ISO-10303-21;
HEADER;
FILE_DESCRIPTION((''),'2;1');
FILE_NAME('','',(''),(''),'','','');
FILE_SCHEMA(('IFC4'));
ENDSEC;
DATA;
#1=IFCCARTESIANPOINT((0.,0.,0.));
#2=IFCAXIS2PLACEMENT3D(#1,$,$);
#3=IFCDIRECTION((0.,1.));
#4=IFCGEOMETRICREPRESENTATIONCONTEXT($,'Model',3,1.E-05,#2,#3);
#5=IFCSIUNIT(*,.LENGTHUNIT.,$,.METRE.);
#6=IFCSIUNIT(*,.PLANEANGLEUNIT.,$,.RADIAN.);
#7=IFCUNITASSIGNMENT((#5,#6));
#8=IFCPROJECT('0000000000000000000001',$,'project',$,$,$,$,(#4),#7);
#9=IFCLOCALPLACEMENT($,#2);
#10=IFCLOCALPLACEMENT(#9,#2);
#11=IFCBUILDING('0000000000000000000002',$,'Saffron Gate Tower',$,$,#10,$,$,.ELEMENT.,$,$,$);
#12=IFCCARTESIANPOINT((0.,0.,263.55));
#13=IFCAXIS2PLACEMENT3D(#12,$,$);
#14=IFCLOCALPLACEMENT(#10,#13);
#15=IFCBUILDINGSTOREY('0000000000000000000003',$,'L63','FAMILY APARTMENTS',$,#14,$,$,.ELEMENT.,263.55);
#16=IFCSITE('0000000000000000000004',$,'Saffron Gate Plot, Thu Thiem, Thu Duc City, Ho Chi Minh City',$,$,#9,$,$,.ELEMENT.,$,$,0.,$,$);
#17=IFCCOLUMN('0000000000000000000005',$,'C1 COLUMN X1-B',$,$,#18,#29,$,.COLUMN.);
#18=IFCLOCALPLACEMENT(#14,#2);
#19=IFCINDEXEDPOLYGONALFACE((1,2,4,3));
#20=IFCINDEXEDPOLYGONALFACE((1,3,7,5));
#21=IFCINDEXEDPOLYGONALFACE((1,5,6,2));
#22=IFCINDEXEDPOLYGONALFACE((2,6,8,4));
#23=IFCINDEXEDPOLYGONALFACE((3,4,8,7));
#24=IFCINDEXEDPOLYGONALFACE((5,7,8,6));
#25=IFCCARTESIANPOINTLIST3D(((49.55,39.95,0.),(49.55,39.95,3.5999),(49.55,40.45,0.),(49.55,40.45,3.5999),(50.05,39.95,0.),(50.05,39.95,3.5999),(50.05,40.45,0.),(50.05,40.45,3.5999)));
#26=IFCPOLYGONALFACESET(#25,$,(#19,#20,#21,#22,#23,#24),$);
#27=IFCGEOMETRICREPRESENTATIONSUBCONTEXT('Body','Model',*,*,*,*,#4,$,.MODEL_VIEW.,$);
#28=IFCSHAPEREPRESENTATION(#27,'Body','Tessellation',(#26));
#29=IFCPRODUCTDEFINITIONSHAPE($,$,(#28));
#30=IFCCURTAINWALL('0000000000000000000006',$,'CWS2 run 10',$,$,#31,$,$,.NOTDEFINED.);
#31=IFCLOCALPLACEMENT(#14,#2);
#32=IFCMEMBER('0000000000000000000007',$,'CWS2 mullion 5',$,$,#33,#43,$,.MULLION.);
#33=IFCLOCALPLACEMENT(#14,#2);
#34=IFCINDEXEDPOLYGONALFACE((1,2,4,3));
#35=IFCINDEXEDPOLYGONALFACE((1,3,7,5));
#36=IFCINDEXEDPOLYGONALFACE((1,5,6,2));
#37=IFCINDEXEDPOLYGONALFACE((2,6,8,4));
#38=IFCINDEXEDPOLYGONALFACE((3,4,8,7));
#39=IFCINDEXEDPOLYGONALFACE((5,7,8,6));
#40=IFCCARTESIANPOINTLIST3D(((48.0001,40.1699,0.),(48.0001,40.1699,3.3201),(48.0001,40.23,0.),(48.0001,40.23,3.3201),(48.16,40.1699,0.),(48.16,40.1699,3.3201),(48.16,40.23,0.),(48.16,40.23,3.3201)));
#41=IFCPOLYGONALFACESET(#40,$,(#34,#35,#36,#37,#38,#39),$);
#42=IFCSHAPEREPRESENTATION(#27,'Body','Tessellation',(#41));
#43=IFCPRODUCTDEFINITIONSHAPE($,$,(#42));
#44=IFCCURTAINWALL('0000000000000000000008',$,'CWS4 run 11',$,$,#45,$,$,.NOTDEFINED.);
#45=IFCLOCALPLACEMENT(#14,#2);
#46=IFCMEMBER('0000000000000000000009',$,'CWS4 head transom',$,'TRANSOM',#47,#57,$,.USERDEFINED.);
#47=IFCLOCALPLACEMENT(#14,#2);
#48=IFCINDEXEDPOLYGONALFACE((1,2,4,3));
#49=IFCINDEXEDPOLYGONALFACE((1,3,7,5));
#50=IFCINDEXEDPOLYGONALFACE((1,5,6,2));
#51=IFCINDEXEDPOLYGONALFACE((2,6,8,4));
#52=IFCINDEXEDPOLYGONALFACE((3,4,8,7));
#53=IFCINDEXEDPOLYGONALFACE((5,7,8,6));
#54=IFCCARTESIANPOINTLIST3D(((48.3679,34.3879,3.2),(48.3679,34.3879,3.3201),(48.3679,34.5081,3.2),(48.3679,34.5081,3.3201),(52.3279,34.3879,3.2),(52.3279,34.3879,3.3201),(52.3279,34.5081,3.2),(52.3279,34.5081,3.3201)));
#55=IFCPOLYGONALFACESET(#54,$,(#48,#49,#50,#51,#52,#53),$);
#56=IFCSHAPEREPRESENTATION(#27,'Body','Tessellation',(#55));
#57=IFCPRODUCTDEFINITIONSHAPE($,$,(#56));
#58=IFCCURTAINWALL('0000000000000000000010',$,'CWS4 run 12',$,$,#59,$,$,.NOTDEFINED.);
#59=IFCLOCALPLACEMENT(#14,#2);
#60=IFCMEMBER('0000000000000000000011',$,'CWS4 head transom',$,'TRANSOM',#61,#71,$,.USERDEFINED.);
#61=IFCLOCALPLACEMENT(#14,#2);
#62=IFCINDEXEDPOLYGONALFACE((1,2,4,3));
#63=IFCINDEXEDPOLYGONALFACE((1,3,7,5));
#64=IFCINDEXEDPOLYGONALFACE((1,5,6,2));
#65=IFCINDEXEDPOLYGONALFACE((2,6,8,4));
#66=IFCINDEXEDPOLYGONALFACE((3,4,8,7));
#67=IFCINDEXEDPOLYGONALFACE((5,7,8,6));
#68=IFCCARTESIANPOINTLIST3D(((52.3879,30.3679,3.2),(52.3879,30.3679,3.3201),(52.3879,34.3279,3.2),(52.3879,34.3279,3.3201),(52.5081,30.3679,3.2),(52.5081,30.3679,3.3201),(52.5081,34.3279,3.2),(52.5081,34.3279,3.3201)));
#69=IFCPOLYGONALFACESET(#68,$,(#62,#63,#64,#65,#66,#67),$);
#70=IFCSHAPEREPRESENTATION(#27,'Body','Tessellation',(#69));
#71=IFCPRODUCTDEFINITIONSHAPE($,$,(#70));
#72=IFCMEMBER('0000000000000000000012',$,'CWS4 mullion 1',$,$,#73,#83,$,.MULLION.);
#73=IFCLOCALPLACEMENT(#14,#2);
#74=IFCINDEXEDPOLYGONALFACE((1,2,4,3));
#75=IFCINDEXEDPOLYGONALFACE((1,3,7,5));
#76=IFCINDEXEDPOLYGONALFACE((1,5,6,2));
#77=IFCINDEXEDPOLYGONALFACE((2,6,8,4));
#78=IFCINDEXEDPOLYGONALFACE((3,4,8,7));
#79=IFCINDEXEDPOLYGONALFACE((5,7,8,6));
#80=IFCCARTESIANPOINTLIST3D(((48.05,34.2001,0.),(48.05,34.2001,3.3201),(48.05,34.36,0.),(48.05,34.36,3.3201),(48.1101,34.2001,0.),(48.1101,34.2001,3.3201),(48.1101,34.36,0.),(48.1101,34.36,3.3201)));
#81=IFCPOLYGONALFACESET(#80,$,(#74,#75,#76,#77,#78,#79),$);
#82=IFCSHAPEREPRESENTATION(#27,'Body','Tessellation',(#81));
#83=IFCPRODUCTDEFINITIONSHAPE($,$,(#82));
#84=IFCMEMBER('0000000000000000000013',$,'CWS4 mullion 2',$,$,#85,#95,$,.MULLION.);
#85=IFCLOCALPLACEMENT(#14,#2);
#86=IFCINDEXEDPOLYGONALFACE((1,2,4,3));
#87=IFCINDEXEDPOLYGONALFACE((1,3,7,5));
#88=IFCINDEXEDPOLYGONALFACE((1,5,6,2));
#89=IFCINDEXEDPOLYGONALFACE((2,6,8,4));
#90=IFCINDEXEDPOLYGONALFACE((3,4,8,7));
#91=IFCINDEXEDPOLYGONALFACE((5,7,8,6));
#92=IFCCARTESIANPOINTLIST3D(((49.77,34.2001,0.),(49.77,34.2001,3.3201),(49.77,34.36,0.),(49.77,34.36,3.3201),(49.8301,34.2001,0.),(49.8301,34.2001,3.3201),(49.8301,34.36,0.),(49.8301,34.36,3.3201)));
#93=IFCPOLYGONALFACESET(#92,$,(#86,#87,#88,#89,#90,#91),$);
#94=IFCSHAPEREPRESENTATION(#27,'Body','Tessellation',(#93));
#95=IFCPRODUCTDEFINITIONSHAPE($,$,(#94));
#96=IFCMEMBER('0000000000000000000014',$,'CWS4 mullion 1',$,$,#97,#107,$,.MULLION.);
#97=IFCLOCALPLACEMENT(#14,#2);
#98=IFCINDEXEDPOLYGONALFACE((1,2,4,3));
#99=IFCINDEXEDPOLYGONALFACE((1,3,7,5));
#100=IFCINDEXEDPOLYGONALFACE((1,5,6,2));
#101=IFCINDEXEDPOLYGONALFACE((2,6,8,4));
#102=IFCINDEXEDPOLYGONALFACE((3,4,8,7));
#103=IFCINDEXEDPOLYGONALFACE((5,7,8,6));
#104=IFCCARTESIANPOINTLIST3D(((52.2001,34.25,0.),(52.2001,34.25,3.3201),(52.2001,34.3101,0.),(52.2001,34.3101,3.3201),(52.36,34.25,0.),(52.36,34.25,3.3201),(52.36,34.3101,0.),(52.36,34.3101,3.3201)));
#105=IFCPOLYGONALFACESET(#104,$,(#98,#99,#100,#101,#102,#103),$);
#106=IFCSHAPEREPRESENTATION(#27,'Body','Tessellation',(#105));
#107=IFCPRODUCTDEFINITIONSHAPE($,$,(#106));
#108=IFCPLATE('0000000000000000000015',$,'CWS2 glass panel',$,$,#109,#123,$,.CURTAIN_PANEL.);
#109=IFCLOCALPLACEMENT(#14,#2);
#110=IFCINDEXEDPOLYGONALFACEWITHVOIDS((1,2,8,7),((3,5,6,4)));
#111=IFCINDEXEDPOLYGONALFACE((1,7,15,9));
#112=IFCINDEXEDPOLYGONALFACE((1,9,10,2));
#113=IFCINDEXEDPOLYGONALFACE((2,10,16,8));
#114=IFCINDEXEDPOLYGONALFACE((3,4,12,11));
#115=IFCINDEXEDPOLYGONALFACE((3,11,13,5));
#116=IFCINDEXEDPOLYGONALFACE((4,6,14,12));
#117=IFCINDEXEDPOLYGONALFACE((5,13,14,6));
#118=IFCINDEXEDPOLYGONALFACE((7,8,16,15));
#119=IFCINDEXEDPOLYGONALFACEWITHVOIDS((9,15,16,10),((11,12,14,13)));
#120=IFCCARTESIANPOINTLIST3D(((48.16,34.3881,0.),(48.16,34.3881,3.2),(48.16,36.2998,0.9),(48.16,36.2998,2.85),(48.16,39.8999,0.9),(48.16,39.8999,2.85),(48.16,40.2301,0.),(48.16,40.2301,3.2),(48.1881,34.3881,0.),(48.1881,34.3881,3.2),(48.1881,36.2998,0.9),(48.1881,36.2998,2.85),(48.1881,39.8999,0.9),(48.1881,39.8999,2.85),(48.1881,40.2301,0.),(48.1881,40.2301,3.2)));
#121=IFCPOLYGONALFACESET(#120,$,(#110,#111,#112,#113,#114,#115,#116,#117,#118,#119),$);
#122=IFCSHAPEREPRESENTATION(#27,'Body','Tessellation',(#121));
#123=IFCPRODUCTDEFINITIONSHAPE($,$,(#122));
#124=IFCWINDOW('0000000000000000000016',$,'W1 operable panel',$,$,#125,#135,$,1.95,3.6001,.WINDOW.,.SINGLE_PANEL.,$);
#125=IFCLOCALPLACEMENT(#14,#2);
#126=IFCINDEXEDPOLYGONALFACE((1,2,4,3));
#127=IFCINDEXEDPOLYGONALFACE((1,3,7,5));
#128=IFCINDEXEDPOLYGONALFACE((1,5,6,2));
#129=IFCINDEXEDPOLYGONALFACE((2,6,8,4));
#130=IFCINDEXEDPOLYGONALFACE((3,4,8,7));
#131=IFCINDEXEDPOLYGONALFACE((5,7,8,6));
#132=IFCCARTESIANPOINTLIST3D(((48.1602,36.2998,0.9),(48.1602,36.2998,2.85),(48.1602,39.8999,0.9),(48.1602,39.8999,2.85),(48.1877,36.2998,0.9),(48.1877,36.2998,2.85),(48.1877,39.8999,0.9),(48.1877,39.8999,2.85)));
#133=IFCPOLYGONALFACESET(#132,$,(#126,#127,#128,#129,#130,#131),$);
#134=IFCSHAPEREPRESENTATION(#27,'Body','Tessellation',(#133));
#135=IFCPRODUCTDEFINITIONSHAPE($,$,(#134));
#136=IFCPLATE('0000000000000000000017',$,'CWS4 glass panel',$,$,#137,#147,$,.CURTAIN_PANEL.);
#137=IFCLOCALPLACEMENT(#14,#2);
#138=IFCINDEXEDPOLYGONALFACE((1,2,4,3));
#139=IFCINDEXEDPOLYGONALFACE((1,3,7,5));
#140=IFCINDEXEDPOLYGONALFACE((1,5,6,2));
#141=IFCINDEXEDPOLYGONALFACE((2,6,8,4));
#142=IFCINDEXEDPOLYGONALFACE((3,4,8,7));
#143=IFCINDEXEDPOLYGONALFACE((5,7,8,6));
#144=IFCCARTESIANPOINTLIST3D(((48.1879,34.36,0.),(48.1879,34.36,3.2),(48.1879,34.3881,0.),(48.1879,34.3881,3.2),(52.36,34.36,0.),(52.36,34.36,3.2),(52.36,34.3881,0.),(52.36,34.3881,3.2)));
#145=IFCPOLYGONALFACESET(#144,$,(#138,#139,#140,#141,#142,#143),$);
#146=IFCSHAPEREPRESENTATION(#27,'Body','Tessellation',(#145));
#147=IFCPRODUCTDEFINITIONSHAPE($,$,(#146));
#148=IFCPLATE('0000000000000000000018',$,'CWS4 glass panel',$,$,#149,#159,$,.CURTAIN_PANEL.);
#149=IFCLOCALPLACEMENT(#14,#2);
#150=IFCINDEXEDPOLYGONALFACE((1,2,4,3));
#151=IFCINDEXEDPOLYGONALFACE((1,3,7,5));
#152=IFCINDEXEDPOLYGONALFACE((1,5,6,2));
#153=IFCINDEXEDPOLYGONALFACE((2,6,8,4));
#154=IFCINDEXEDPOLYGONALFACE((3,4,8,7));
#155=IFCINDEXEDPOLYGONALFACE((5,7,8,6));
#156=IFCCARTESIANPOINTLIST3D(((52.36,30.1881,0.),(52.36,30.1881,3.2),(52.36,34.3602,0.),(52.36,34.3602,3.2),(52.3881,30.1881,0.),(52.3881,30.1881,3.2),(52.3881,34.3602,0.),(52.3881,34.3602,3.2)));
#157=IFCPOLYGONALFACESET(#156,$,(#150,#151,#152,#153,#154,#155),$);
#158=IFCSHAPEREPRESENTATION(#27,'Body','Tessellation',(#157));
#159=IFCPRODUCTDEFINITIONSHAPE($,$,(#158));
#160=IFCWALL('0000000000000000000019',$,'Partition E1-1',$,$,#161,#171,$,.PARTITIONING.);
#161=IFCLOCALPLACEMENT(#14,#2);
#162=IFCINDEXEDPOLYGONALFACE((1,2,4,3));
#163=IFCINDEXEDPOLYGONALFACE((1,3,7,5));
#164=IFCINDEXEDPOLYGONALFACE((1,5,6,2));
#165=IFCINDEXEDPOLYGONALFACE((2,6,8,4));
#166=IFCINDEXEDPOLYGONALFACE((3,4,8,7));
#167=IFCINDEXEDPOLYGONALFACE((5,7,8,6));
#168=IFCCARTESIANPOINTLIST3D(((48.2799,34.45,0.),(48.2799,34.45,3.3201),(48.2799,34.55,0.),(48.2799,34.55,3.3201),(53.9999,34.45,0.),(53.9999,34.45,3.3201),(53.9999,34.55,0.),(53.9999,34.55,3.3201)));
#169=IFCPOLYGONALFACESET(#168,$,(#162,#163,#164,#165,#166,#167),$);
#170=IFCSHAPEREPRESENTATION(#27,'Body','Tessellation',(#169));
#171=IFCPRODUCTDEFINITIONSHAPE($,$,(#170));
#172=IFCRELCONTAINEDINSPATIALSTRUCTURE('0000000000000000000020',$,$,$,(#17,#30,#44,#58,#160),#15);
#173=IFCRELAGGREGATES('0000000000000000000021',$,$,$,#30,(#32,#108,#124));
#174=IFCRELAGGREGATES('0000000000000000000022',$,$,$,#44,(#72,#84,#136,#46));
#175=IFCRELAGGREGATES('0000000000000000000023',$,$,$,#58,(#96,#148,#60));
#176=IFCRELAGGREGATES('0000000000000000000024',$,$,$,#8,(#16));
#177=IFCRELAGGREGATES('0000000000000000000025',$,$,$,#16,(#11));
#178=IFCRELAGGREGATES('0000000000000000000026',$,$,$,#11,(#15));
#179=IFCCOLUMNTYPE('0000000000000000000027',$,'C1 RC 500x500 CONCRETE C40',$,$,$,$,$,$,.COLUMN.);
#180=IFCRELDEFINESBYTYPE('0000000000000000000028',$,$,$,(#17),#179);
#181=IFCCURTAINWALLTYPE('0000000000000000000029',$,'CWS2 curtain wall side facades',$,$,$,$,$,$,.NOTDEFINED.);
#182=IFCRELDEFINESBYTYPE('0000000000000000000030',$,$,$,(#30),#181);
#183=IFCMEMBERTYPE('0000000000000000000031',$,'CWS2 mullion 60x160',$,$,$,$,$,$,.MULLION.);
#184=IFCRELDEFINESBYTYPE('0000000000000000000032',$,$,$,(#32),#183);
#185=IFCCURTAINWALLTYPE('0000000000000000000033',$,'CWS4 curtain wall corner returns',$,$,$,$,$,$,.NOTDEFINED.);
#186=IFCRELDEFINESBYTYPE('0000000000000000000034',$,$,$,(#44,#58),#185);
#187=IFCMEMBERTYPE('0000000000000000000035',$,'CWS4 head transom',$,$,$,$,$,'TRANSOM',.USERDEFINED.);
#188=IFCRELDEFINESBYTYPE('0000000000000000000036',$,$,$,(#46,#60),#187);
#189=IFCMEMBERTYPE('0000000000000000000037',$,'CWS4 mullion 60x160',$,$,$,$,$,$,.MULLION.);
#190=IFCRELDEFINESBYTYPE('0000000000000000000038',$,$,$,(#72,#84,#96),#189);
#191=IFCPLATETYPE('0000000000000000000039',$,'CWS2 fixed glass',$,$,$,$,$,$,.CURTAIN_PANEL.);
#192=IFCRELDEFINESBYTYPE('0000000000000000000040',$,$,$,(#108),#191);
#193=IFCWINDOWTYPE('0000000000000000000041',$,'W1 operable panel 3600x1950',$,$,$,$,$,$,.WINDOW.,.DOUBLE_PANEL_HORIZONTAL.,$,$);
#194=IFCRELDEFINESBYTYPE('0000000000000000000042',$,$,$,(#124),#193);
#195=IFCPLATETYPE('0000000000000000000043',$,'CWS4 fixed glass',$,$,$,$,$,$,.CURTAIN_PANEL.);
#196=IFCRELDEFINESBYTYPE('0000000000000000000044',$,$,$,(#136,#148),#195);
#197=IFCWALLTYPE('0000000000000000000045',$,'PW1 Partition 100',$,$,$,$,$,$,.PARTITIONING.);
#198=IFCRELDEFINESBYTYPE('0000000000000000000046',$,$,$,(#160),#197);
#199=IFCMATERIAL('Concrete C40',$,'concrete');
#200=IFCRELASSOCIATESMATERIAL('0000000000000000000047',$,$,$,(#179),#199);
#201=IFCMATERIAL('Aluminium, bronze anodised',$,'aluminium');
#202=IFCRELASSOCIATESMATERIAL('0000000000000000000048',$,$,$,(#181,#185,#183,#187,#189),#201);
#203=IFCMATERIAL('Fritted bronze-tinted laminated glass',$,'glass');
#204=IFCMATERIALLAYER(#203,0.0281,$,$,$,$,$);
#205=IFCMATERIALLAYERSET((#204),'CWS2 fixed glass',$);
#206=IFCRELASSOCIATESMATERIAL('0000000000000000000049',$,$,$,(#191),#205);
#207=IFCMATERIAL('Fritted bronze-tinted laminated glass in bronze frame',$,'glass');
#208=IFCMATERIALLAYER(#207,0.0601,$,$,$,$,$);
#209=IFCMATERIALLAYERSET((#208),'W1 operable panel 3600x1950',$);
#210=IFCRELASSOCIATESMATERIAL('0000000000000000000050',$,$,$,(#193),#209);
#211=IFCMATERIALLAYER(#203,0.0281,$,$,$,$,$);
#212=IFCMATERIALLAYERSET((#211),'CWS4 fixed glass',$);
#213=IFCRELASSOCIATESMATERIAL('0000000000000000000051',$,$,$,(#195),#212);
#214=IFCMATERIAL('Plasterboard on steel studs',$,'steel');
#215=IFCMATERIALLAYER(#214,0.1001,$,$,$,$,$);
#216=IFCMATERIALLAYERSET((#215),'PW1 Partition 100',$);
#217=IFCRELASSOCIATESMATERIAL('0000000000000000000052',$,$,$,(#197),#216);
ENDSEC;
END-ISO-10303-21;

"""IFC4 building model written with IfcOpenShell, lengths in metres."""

from ifc_helpers import new_model, si_unit, direction, frame, frame_2d, origin, origin_2d, place, context, subcontext, project, spatial, rectangle, extrude, material, layer, layer_set, material_profile, profile_set, type_object, element, fill, aggregate, save


model = new_model("IFC4")

# Units and contexts
model_context = context("Model", 3, precision=1e-05, world=origin(), true_north=direction((0.0, 1.0)))
body_context = subcontext(model_context, "Body", "Model", "MODEL_VIEW")
ifc_project = project(units=[si_unit("LENGTHUNIT", "METRE"), si_unit("PLANEANGLEUNIT", "RADIAN")], contexts=[model_context])

# Site, building, storey
site_placement = place(None, origin())
site = spatial("IfcSite", under=ifc_project, at=site_placement, Name="Saffron Gate Plot, Thu Thiem, Thu Duc City, Ho Chi Minh City", CompositionType="ELEMENT", RefElevation=0.0)
building_placement = place(site_placement, origin())
building = spatial("IfcBuilding", under=site, at=building_placement, Name="Saffron Gate Tower", CompositionType="ELEMENT")
storey_placement = place(building_placement, frame((0.0, 0.0, 263.55)))
storey = spatial("IfcBuildingStorey", under=building, at=storey_placement, Name="L63", Description="FAMILY APARTMENTS", CompositionType="ELEMENT", Elevation=263.55)

# Column
ifc_material_1 = material(Name="Concrete C40", Category="concrete")
ifc_material_profile_1 = material_profile(ifc_material_1, rectangle(XDim=0.5, YDim=0.5, at=origin_2d()))
ifc_profile_set_1 = profile_set([ifc_material_profile_1], Name="Concrete C40")
column_type = type_object("IfcColumnType", Name="C1 RC 500x500 CONCRETE C40", PredefinedType="COLUMN", material=ifc_profile_set_1)
column_placement = place(storey_placement, frame((49.8, 40.2, 0.0), z_axis=(0.0, 0.0, 1.0), x_axis=(1.0, 0.0, 0.0)))
element("IfcColumn", 1, at=column_placement, inside=storey, type_object=column_type, Name="C1 COLUMN X1-B", PredefinedType="COLUMN", context=body_context, shape_type="SweptSolid", body=[
    extrude(rectangle(XDim=0.5, YDim=0.5, at=origin_2d()), origin(), (0.0, 0.0, 1.0), 3.5999),
])

# Curtain walls, members
ifc_material_2 = material(Name="Aluminium, bronze anodised", Category="aluminium")
curtain_wall_type_1 = type_object("IfcCurtainWallType", Name="CWS2 curtain wall side facades", PredefinedType="NOTDEFINED", material=ifc_material_2)
curtain_wall_1_placement = place(storey_placement, origin())
curtain_wall_1 = element("IfcCurtainWall", 2, at=curtain_wall_1_placement, inside=storey, type_object=curtain_wall_type_1, Name="CWS2 run 10", PredefinedType="NOTDEFINED")
ifc_material_profile_2 = material_profile(ifc_material_2, rectangle(XDim=0.1599, YDim=0.0601, at=origin_2d()))
ifc_profile_set_2 = profile_set([ifc_material_profile_2], Name="Aluminium, bronze anodised")
member_type_1 = type_object("IfcMemberType", Name="CWS2 mullion 60x160", PredefinedType="MULLION", material=ifc_profile_set_2)
member_1_placement = place(storey_placement, frame((48.0801, 40.2, 0.0), z_axis=(0.0, 0.0, 1.0), x_axis=(1.0, 0.0, 0.0)))
member_1 = element("IfcMember", 3, at=member_1_placement, type_object=member_type_1, Name="CWS2 mullion 5", PredefinedType="MULLION", context=body_context, shape_type="SweptSolid", body=[
    extrude(rectangle(XDim=0.1599, YDim=0.0601, at=origin_2d()), origin(), (0.0, 0.0, 1.0), 3.3201),
])
curtain_wall_type_2 = type_object("IfcCurtainWallType", Name="CWS4 curtain wall corner returns", PredefinedType="NOTDEFINED", material=ifc_material_2)
curtain_wall_2_placement = place(storey_placement, origin())
curtain_wall_2 = element("IfcCurtainWall", 4, at=curtain_wall_2_placement, inside=storey, type_object=curtain_wall_type_2, Name="CWS4 run 11", PredefinedType="NOTDEFINED")
ifc_material_profile_3 = material_profile(ifc_material_2, rectangle(XDim=0.1201, YDim=0.1201, at=origin_2d()))
ifc_profile_set_3 = profile_set([ifc_material_profile_3], Name="Aluminium, bronze anodised")
member_type_2 = type_object("IfcMemberType", Name="CWS4 head transom", ElementType="TRANSOM", PredefinedType="USERDEFINED", material=ifc_profile_set_3)
member_2_placement = place(storey_placement, frame((48.3679, 34.448, 3.26), z_axis=(1.0, 0.0, 0.0), x_axis=(0.0, 1.0, 0.0)))
member_2 = element("IfcMember", 5, at=member_2_placement, type_object=member_type_2, Name="CWS4 head transom", ObjectType="TRANSOM", PredefinedType="USERDEFINED", context=body_context, shape_type="SweptSolid", body=[
    extrude(rectangle(XDim=0.1201, YDim=0.1201, at=origin_2d()), origin(), (0.0, 0.0, 1.0), 3.96),
])
curtain_wall_3_placement = place(storey_placement, origin())
curtain_wall_3 = element("IfcCurtainWall", 6, at=curtain_wall_3_placement, inside=storey, type_object=curtain_wall_type_2, Name="CWS4 run 12", PredefinedType="NOTDEFINED")
member_3_placement = place(storey_placement, frame((52.448, 34.3279, 3.26), z_axis=(0.0, -1.0, 0.0), x_axis=(1.0, 0.0, 0.0)))
member_3 = element("IfcMember", 7, at=member_3_placement, type_object=member_type_2, Name="CWS4 head transom", ObjectType="TRANSOM", PredefinedType="USERDEFINED", context=body_context, shape_type="SweptSolid", body=[
    extrude(rectangle(XDim=0.1201, YDim=0.1201, at=origin_2d()), origin(), (0.0, 0.0, 1.0), 3.96),
])

# Members
ifc_material_profile_4 = material_profile(ifc_material_2, rectangle(XDim=0.1599, YDim=0.0601, at=origin_2d()))
ifc_profile_set_4 = profile_set([ifc_material_profile_4], Name="Aluminium, bronze anodised")
member_type_3 = type_object("IfcMemberType", Name="CWS4 mullion 60x160", PredefinedType="MULLION", material=ifc_profile_set_4)
member_4_placement = place(storey_placement, frame((48.0801, 34.28, 0.0), z_axis=(0.0, 0.0, 1.0), x_axis=(0.0, 1.0, 0.0)))
member_4 = element("IfcMember", 8, at=member_4_placement, type_object=member_type_3, Name="CWS4 mullion 1", PredefinedType="MULLION", context=body_context, shape_type="SweptSolid", body=[
    extrude(rectangle(XDim=0.1599, YDim=0.0601, at=origin_2d()), origin(), (0.0, 0.0, 1.0), 3.3201),
])
member_5_placement = place(storey_placement, frame((49.8, 34.28, 0.0), z_axis=(0.0, 0.0, 1.0), x_axis=(0.0, 1.0, 0.0)))
member_5 = element("IfcMember", 9, at=member_5_placement, type_object=member_type_3, Name="CWS4 mullion 2", PredefinedType="MULLION", context=body_context, shape_type="SweptSolid", body=[
    extrude(rectangle(XDim=0.1599, YDim=0.0601, at=origin_2d()), origin(), (0.0, 0.0, 1.0), 3.3201),
])
member_6_placement = place(storey_placement, frame((52.28, 34.28, 0.0), z_axis=(0.0, 0.0, 1.0), x_axis=(1.0, 0.0, 0.0)))
member_6 = element("IfcMember", 10, at=member_6_placement, type_object=member_type_3, Name="CWS4 mullion 1", PredefinedType="MULLION", context=body_context, shape_type="SweptSolid", body=[
    extrude(rectangle(XDim=0.1599, YDim=0.0601, at=origin_2d()), origin(), (0.0, 0.0, 1.0), 3.3201),
])

# Plate, opening, window
ifc_material_3 = material(Name="Fritted bronze-tinted laminated glass", Category="glass")
ifc_layer_1 = layer(ifc_material_3, 0.0281)
ifc_layer_set_1 = layer_set([ifc_layer_1], Name="CWS2 fixed glass")
plate_type_1 = type_object("IfcPlateType", Name="CWS2 fixed glass", PredefinedType="CURTAIN_PANEL", material=ifc_layer_set_1)
plate_1_placement = place(storey_placement, frame((48.1741, 40.23, 0.0), z_axis=(0.0, 0.0, 1.0), x_axis=(0.0, -1.0, 0.0)))
plate_1 = element("IfcPlate", 11, at=plate_1_placement, type_object=plate_type_1, Name="CWS2 glass panel", PredefinedType="CURTAIN_PANEL", context=body_context, shape_type="SweptSolid", body=[
    extrude(rectangle(XDim=5.842, YDim=0.0281, at=frame_2d((2.9209, 0.0))), origin(), (0.0, 0.0, 1.0), 3.2),
])
opening_1_placement = place(plate_1_placement, frame((0.3301, 0.0, 0.8999)))
opening_1 = element("IfcOpeningElement", 12, at=opening_1_placement, cuts=plate_1, PredefinedType="OPENING", context=body_context, shape_type="SweptSolid", body=[
    extrude(rectangle(XDim=3.6001, YDim=1.95, at=frame_2d((1.8, 0.9751))), frame((0.0, 0.0239, 0.0), z_axis=(0.0, -1.0, 0.0), x_axis=(1.0, 0.0, 0.0)), (0.0, 0.0, 1.0), 0.0481),
])
ifc_material_4 = material(Name="Fritted bronze-tinted laminated glass in bronze frame", Category="glass")
ifc_layer_2 = layer(ifc_material_4, 0.0601)
ifc_layer_set_2 = layer_set([ifc_layer_2], Name="W1 operable panel 3600x1950")
window_type = type_object("IfcWindowType", Name="W1 operable panel 3600x1950", PartitioningType="DOUBLE_PANEL_HORIZONTAL", PredefinedType="WINDOW", material=ifc_layer_set_2)
window_placement = place(opening_1_placement, origin())
window = element("IfcWindow", 13, at=window_placement, type_object=window_type, Name="W1 operable panel", OverallHeight=1.95, OverallWidth=3.6001, PartitioningType="SINGLE_PANEL", PredefinedType="WINDOW", context=body_context, shape_type="SweptSolid", body=[
    extrude(rectangle(XDim=3.6001, YDim=1.95, at=frame_2d((1.8, 0.9751))), frame((0.0, 0.0137, 0.0), z_axis=(0.0, -1.0, 0.0), x_axis=(1.0, 0.0, 0.0)), (0.0, 0.0, 1.0), 0.0276),
])
fill(opening_1, window)
aggregate(curtain_wall_1, [member_1, plate_1, window])

# Plates
ifc_layer_3 = layer(ifc_material_3, 0.0281)
ifc_layer_set_3 = layer_set([ifc_layer_3], Name="CWS4 fixed glass")
plate_type_2 = type_object("IfcPlateType", Name="CWS4 fixed glass", PredefinedType="CURTAIN_PANEL", material=ifc_layer_set_3)
plate_2_placement = place(storey_placement, frame((48.188, 34.374, 0.0), z_axis=(0.0, 0.0, 1.0), x_axis=(1.0, 0.0, 0.0)))
plate_2 = element("IfcPlate", 14, at=plate_2_placement, type_object=plate_type_2, Name="CWS4 glass panel", PredefinedType="CURTAIN_PANEL", context=body_context, shape_type="SweptSolid", body=[
    extrude(rectangle(XDim=4.1721, YDim=0.0281, at=frame_2d((2.0859, 0.0))), origin(), (0.0, 0.0, 1.0), 3.2),
])
aggregate(curtain_wall_2, [member_4, member_5, plate_2, member_2])
plate_3_placement = place(storey_placement, frame((52.374, 34.3601, 0.0), z_axis=(0.0, 0.0, 1.0), x_axis=(0.0, -1.0, 0.0)))
plate_3 = element("IfcPlate", 15, at=plate_3_placement, type_object=plate_type_2, Name="CWS4 glass panel", PredefinedType="CURTAIN_PANEL", context=body_context, shape_type="SweptSolid", body=[
    extrude(rectangle(XDim=4.1721, YDim=0.0281, at=frame_2d((2.0859, 0.0))), origin(), (0.0, 0.0, 1.0), 3.2),
])
aggregate(curtain_wall_3, [member_6, plate_3, member_3])

# Wall
ifc_material_5 = material(Name="Plasterboard on steel studs", Category="steel")
ifc_layer_4 = layer(ifc_material_5, 0.1001)
ifc_layer_set_4 = layer_set([ifc_layer_4], Name="PW1 Partition 100")
wall_type = type_object("IfcWallType", Name="PW1 Partition 100", PredefinedType="PARTITIONING", material=ifc_layer_set_4)
wall_1_placement = place(storey_placement, frame((48.28, 34.5, 0.0), z_axis=(0.0, 0.0, 1.0), x_axis=(1.0, 0.0, 0.0)))
element("IfcWall", 16, at=wall_1_placement, inside=storey, type_object=wall_type, Name="Partition E1-1", PredefinedType="PARTITIONING", context=body_context, shape_type="SweptSolid", body=[
    extrude(rectangle(XDim=5.72, YDim=0.1001, at=frame_2d((2.8599, 0.0))), origin(), (0.0, 0.0, 1.0), 3.3201),
])

save(model, "model.ifc")
